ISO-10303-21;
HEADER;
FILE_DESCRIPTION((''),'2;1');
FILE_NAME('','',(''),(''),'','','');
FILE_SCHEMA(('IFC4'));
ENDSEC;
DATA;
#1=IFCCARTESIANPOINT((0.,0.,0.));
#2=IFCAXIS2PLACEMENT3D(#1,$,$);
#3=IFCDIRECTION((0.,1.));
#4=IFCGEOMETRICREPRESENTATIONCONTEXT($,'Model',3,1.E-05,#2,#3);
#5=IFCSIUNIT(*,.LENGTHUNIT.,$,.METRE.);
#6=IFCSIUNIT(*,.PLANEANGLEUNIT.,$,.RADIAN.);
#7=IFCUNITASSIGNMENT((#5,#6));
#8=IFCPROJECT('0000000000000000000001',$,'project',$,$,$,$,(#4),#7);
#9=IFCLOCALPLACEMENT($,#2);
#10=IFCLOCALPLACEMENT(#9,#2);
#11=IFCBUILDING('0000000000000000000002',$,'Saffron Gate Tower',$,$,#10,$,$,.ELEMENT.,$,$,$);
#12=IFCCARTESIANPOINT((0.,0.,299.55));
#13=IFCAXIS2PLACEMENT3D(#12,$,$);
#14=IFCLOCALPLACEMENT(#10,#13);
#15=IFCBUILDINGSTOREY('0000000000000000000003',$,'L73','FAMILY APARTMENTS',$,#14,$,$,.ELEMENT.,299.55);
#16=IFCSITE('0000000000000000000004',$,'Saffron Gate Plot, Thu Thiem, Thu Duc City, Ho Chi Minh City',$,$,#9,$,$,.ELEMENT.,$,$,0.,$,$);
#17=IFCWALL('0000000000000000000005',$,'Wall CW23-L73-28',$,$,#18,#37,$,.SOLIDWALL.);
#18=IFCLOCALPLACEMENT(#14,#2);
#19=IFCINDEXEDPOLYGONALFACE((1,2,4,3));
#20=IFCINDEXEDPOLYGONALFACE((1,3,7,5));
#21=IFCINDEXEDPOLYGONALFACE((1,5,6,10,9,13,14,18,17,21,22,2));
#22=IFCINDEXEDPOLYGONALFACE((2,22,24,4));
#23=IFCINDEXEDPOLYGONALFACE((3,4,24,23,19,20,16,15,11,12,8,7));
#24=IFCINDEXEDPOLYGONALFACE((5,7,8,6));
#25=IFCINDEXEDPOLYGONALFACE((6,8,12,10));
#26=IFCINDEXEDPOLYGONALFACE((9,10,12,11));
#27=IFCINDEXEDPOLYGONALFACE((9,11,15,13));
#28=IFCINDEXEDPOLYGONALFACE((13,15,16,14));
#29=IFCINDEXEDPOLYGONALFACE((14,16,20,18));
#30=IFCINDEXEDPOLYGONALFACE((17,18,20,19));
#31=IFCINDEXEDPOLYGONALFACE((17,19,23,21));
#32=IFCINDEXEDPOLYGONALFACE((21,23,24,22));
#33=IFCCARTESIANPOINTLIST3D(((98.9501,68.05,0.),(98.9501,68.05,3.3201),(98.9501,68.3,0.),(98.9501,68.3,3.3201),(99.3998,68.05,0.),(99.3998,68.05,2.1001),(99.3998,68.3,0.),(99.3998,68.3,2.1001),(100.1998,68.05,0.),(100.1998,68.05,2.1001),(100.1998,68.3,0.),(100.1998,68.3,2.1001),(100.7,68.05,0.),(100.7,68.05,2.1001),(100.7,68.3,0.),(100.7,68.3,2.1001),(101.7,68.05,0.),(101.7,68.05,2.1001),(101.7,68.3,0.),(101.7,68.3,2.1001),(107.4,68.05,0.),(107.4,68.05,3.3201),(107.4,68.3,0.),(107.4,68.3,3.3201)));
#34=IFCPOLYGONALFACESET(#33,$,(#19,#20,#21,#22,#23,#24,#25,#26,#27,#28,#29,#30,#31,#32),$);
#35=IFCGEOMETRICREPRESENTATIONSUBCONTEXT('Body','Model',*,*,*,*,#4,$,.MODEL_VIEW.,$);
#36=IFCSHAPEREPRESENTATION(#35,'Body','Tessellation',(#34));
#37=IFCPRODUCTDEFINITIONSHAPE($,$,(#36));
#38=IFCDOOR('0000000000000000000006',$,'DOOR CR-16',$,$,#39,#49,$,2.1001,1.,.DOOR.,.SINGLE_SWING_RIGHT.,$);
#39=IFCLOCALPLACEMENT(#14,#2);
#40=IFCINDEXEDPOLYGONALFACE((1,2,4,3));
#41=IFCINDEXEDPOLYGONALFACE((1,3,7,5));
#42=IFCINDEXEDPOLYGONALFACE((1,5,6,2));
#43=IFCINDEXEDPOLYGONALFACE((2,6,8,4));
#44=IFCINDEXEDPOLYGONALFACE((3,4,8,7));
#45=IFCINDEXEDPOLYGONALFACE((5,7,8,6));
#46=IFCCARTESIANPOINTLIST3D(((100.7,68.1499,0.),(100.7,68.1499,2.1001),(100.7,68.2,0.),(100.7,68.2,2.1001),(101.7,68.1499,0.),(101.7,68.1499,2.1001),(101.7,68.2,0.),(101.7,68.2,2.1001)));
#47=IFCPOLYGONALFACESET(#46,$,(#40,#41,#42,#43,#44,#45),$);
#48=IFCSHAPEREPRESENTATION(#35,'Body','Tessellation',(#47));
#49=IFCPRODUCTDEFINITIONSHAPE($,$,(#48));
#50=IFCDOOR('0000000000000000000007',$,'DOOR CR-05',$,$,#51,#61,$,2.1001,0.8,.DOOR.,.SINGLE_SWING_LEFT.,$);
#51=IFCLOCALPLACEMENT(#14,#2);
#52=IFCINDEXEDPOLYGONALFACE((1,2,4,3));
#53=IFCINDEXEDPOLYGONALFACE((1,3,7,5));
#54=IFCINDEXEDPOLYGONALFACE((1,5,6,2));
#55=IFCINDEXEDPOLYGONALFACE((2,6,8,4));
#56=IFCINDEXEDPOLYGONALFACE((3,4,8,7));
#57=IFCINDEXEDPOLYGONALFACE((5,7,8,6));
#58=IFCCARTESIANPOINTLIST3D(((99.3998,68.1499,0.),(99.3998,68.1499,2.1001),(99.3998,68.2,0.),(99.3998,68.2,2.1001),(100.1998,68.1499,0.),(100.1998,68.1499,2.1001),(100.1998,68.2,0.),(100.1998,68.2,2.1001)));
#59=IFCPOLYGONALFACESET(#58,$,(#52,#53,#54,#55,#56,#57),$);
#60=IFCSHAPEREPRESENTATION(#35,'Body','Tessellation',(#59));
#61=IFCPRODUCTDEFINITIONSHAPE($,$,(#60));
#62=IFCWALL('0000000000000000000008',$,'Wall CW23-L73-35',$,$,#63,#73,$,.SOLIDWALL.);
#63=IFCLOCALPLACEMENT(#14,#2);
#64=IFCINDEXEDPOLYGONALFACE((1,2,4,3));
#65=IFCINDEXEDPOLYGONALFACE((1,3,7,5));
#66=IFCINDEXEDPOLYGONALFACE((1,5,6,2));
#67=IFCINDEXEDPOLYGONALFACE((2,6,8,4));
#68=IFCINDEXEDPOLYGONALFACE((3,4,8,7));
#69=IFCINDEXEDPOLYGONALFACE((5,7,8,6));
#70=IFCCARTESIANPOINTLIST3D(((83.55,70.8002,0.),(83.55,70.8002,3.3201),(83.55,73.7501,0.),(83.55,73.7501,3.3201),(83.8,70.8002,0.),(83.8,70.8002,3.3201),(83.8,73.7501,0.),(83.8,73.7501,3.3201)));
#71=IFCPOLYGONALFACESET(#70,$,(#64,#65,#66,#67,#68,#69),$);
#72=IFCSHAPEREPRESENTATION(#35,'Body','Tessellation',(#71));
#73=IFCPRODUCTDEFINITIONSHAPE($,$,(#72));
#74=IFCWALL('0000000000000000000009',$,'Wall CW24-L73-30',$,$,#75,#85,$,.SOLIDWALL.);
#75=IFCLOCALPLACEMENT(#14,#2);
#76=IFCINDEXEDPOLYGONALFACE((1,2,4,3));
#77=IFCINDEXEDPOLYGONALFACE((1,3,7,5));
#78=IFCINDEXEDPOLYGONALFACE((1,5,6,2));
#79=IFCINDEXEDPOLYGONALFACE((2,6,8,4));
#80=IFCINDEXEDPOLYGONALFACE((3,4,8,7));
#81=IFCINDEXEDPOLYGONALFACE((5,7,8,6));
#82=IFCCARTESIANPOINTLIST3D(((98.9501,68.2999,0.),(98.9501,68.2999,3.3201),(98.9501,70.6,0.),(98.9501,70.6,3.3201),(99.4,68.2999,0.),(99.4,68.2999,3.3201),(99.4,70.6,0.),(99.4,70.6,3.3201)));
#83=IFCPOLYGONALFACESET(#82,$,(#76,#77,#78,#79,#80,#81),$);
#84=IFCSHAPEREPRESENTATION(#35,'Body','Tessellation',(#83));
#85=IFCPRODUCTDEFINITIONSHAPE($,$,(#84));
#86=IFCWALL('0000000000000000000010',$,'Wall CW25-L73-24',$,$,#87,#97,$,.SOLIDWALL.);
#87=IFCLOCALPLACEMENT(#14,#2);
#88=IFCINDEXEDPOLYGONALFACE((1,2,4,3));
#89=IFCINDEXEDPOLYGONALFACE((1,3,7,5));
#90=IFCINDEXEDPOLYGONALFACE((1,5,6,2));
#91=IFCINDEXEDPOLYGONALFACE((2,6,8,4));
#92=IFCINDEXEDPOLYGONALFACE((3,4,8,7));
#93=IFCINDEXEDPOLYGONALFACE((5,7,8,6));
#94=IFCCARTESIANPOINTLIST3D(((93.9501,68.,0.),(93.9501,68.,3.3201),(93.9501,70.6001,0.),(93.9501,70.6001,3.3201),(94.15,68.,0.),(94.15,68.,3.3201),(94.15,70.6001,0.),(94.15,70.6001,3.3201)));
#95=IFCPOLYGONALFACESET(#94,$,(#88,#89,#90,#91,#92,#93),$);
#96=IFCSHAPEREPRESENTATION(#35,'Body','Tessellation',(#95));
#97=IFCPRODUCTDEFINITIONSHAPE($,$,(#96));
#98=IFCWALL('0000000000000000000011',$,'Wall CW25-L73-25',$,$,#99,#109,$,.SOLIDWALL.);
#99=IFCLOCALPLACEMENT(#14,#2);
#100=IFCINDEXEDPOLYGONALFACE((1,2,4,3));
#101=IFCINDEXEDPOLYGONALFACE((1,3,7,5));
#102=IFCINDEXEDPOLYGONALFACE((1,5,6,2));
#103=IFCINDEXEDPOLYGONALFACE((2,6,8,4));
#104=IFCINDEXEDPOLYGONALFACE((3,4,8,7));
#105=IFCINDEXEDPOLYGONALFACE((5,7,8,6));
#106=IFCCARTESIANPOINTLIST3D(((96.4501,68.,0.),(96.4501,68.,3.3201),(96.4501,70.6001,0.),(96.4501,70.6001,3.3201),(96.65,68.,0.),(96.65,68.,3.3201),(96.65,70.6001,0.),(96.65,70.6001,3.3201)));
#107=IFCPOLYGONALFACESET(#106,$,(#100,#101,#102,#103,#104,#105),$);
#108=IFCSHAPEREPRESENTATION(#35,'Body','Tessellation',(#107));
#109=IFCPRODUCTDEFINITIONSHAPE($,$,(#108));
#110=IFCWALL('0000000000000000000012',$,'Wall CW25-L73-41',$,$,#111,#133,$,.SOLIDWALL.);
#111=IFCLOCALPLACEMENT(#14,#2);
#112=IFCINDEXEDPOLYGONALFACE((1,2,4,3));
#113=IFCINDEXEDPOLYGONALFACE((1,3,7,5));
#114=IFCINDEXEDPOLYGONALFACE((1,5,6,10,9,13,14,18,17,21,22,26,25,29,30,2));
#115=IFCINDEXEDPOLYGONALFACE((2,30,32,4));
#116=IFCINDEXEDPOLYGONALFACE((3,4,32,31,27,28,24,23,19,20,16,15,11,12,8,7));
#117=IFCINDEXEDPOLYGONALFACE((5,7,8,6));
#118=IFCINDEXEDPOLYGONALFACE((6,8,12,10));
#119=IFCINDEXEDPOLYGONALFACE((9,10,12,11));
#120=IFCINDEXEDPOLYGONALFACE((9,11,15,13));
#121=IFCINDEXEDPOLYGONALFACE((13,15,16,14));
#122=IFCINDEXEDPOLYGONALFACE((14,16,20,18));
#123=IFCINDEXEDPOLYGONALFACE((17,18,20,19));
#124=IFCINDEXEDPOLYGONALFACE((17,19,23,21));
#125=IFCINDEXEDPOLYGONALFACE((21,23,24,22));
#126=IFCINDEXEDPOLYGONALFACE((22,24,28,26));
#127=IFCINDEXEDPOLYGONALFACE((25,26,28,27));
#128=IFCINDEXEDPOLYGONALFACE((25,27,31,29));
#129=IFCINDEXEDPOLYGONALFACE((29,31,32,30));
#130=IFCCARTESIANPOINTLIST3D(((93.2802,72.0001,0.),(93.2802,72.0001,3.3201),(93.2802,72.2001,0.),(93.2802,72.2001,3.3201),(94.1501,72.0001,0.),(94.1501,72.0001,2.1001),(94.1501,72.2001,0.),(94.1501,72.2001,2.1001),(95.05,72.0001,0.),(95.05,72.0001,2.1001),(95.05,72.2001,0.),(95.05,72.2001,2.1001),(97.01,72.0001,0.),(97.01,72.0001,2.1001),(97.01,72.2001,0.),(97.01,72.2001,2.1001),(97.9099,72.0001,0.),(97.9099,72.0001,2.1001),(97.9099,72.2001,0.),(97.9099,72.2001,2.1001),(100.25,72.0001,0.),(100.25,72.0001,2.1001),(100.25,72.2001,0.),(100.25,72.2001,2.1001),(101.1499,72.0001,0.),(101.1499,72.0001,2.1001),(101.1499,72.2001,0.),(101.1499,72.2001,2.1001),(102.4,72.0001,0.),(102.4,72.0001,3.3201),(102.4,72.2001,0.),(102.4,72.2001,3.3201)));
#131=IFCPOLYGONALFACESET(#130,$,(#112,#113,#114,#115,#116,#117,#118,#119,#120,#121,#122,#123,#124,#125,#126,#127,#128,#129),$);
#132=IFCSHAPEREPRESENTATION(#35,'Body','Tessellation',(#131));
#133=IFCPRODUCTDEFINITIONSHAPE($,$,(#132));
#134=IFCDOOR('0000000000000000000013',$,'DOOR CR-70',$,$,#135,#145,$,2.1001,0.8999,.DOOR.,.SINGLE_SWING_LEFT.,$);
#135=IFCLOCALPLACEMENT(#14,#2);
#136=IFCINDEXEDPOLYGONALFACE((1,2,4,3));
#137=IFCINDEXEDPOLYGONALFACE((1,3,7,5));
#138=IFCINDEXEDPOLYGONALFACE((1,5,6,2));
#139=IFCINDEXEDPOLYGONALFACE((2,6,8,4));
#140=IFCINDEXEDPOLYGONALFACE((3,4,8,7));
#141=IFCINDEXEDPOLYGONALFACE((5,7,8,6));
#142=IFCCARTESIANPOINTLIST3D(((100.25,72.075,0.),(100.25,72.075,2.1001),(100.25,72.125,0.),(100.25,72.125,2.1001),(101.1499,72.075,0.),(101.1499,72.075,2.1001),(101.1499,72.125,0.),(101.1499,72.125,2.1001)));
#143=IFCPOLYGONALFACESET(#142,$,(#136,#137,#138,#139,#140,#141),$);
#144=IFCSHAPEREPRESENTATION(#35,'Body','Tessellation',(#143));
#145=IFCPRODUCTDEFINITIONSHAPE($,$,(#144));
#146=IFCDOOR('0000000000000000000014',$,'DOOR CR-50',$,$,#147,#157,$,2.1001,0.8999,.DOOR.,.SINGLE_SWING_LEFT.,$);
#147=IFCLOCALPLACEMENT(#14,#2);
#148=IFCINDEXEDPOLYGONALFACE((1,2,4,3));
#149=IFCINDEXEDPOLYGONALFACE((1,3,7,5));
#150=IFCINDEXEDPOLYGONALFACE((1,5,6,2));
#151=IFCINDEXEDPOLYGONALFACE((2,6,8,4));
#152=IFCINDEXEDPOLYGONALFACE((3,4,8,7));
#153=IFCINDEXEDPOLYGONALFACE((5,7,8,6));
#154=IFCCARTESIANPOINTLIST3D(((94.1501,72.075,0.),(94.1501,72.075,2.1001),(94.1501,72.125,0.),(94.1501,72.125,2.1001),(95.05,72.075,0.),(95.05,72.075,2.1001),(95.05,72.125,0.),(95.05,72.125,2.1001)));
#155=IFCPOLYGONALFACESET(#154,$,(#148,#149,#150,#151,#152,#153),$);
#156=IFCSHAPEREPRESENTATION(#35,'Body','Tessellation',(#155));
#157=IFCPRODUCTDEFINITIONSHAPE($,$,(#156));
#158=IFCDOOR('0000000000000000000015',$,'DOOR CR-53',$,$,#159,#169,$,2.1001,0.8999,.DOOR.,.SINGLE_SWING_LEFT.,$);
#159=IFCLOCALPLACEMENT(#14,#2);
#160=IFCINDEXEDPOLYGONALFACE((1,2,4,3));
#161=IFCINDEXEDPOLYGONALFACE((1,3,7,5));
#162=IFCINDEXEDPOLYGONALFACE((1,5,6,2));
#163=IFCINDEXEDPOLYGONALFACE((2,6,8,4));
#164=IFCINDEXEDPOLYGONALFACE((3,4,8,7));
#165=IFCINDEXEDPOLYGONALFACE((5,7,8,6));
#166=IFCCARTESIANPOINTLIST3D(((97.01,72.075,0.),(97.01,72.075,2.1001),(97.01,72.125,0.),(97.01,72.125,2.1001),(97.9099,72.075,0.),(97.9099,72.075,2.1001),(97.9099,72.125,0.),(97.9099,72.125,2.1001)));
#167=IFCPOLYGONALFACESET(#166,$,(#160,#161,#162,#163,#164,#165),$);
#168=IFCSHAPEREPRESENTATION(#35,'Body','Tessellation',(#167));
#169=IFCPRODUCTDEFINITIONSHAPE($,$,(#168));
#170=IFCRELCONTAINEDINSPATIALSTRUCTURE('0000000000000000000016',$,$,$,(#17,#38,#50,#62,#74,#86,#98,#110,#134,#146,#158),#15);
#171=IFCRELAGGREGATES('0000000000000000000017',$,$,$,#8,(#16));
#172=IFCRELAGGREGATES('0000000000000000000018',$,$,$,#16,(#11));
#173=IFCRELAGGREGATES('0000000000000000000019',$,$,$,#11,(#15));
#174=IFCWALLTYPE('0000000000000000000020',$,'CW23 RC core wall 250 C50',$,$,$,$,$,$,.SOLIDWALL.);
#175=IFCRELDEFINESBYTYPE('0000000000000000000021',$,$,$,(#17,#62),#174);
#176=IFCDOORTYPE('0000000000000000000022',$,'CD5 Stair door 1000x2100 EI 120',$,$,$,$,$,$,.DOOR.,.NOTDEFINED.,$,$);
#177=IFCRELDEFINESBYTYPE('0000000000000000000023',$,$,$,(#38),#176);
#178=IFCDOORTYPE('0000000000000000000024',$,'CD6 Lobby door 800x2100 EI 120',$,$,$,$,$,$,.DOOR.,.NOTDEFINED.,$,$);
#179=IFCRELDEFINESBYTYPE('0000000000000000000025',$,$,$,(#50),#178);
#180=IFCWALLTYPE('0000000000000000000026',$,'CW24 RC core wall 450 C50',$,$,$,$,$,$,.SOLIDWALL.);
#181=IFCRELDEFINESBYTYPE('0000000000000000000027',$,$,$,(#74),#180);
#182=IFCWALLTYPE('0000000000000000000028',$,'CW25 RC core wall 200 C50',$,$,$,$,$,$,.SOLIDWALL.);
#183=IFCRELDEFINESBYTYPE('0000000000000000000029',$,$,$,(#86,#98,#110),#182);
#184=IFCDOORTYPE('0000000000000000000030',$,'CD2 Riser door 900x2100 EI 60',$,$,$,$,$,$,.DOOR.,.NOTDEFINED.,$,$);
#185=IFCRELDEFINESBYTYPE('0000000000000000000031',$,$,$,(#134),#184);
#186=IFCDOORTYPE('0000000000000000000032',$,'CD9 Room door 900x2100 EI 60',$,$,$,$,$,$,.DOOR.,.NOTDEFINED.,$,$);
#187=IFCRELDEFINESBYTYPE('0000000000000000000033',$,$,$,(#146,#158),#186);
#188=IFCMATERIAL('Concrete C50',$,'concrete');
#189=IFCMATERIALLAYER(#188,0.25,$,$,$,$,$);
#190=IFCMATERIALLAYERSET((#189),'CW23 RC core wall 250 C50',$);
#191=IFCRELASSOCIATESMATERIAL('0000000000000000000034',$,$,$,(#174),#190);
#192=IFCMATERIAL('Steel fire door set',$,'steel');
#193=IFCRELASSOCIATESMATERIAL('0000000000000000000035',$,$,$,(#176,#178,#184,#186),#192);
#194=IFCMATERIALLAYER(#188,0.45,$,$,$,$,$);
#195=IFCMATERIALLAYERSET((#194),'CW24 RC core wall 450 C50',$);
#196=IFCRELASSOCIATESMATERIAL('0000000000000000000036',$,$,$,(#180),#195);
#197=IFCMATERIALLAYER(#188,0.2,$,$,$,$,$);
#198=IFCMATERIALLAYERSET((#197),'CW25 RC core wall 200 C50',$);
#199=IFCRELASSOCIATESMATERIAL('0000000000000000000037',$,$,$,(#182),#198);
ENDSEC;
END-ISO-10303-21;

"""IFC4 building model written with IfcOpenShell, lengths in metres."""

from ifc_helpers import new_model, si_unit, direction, frame, frame_2d, origin, place, context, subcontext, project, spatial, rectangle, extrude, material, layer, layer_set, type_object, element, fill, save


model = new_model("IFC4")

# Units and contexts
model_context = context("Model", 3, precision=1e-05, world=origin(), true_north=direction((0.0, 1.0)))
body_context = subcontext(model_context, "Body", "Model", "MODEL_VIEW")
ifc_project = project(units=[si_unit("LENGTHUNIT", "METRE"), si_unit("PLANEANGLEUNIT", "RADIAN")], contexts=[model_context])

# Site, building, storey
site_placement = place(None, origin())
site = spatial("IfcSite", under=ifc_project, at=site_placement, Name="Saffron Gate Plot, Thu Thiem, Thu Duc City, Ho Chi Minh City", CompositionType="ELEMENT", RefElevation=0.0)
building_placement = place(site_placement, origin())
building = spatial("IfcBuilding", under=site, at=building_placement, Name="Saffron Gate Tower", CompositionType="ELEMENT")
storey_placement = place(building_placement, frame((0.0, 0.0, 299.55)))
storey = spatial("IfcBuildingStorey", under=building, at=storey_placement, Name="L73", Description="FAMILY APARTMENTS", CompositionType="ELEMENT", Elevation=299.55)

# Wall, openings, doors
ifc_material_1 = material(Name="Concrete C50", Category="concrete")
ifc_layer_1 = layer(ifc_material_1, 0.25)
ifc_layer_set_1 = layer_set([ifc_layer_1], Name="CW23 RC core wall 250 C50")
wall_type_1 = type_object("IfcWallType", Name="CW23 RC core wall 250 C50", PredefinedType="SOLIDWALL", material=ifc_layer_set_1)
wall_1_placement = place(storey_placement, frame((98.95, 68.175, 0.0), z_axis=(0.0, 0.0, 1.0), x_axis=(1.0, 0.0, 0.0)))
wall_1 = element("IfcWall", 1, at=wall_1_placement, inside=storey, type_object=wall_type_1, Name="Wall CW23-L73-28", PredefinedType="SOLIDWALL", context=body_context, shape_type="SweptSolid", body=[
    extrude(rectangle(XDim=8.45, YDim=0.25, at=frame_2d((4.2251, 0.0))), origin(), (0.0, 0.0, 1.0), 3.3201),
])
opening_1_placement = place(wall_1_placement, frame((0.45, 0.0, 0.0)))
opening_1 = element("IfcOpeningElement", 2, at=opening_1_placement, cuts=wall_1, PredefinedType="OPENING", context=body_context, shape_type="SweptSolid", body=[
    extrude(rectangle(XDim=0.8, YDim=2.1001, at=frame_2d((0.3999, 1.05))), frame((0.0, 0.135, 0.0), z_axis=(0.0, -1.0, 0.0), x_axis=(1.0, 0.0, 0.0)), (0.0, 0.0, 1.0), 0.27),
])
opening_2_placement = place(wall_1_placement, frame((1.75, 0.0, 0.0)))
opening_2 = element("IfcOpeningElement", 3, at=opening_2_placement, cuts=wall_1, PredefinedType="OPENING", context=body_context, shape_type="SweptSolid", body=[
    extrude(rectangle(XDim=1.0, YDim=2.1001, at=frame_2d((0.5, 1.05))), frame((0.0, 0.135, 0.0), z_axis=(0.0, -1.0, 0.0), x_axis=(1.0, 0.0, 0.0)), (0.0, 0.0, 1.0), 0.27),
])
ifc_material_2 = material(Name="Steel fire door set", Category="steel")
door_type_1 = type_object("IfcDoorType", Name="CD5 Stair door 1000x2100 EI 120", OperationType="NOTDEFINED", PredefinedType="DOOR", material=ifc_material_2)
door_1_placement = place(opening_2_placement, origin())
door_1 = element("IfcDoor", 4, at=door_1_placement, inside=storey, type_object=door_type_1, Name="DOOR CR-16", OperationType="SINGLE_SWING_RIGHT", OverallHeight=2.1001, OverallWidth=1.0, PredefinedType="DOOR", context=body_context, shape_type="SweptSolid", body=[
    extrude(rectangle(XDim=1.0, YDim=2.1001, at=frame_2d((0.5, 1.05))), frame((0.0, 0.0249, 0.0), z_axis=(0.0, -1.0, 0.0), x_axis=(1.0, 0.0, 0.0)), (0.0, 0.0, 1.0), 0.05),
])
fill(opening_2, door_1)
door_type_2 = type_object("IfcDoorType", Name="CD6 Lobby door 800x2100 EI 120", OperationType="NOTDEFINED", PredefinedType="DOOR", material=ifc_material_2)
door_2_placement = place(opening_1_placement, origin())
door_2 = element("IfcDoor", 5, at=door_2_placement, inside=storey, type_object=door_type_2, Name="DOOR CR-05", OperationType="SINGLE_SWING_LEFT", OverallHeight=2.1001, OverallWidth=0.8, PredefinedType="DOOR", context=body_context, shape_type="SweptSolid", body=[
    extrude(rectangle(XDim=0.8, YDim=2.1001, at=frame_2d((0.3999, 1.05))), frame((0.0, 0.0249, 0.0), z_axis=(0.0, -1.0, 0.0), x_axis=(1.0, 0.0, 0.0)), (0.0, 0.0, 1.0), 0.05),
])
fill(opening_1, door_2)

# Walls
wall_2_placement = place(storey_placement, frame((83.675, 70.8, 0.0), z_axis=(0.0, 0.0, 1.0), x_axis=(0.0, 1.0, 0.0)))
element("IfcWall", 6, at=wall_2_placement, inside=storey, type_object=wall_type_1, Name="Wall CW23-L73-35", PredefinedType="SOLIDWALL", context=body_context, shape_type="SweptSolid", body=[
    extrude(rectangle(XDim=2.95, YDim=0.25, at=frame_2d((1.4751, 0.0))), origin(), (0.0, 0.0, 1.0), 3.3201),
])
ifc_layer_2 = layer(ifc_material_1, 0.45)
ifc_layer_set_2 = layer_set([ifc_layer_2], Name="CW24 RC core wall 450 C50")
wall_type_2 = type_object("IfcWallType", Name="CW24 RC core wall 450 C50", PredefinedType="SOLIDWALL", material=ifc_layer_set_2)
wall_3_placement = place(storey_placement, frame((99.175, 68.3, 0.0), z_axis=(0.0, 0.0, 1.0), x_axis=(0.0, 1.0, 0.0)))
element("IfcWall", 7, at=wall_3_placement, inside=storey, type_object=wall_type_2, Name="Wall CW24-L73-30", PredefinedType="SOLIDWALL", context=body_context, shape_type="SweptSolid", body=[
    extrude(rectangle(XDim=2.3, YDim=0.45, at=frame_2d((1.1499, 0.0))), origin(), (0.0, 0.0, 1.0), 3.3201),
])
ifc_layer_3 = layer(ifc_material_1, 0.2)
ifc_layer_set_3 = layer_set([ifc_layer_3], Name="CW25 RC core wall 200 C50")
wall_type_3 = type_object("IfcWallType", Name="CW25 RC core wall 200 C50", PredefinedType="SOLIDWALL", material=ifc_layer_set_3)
for number, where, z_axis, x_axis, name in (
    (8, (94.05, 68.0, 0.0), (0.0, 0.0, 1.0), (0.0, 1.0, 0.0), "Wall CW25-L73-24"),
    (9, (96.55, 68.0, 0.0), (0.0, 0.0, 1.0), (0.0, 1.0, 0.0), "Wall CW25-L73-25"),
):
    element("IfcWall", number, at=place(storey_placement, frame(where, z_axis=z_axis, x_axis=x_axis)), inside=storey, type_object=wall_type_3, Name=name, PredefinedType="SOLIDWALL", context=body_context, shape_type="SweptSolid", body=[
        extrude(rectangle(XDim=2.6001, YDim=0.2, at=frame_2d((1.3, 0.0))), origin(), (0.0, 0.0, 1.0), 3.3201),
    ])

# Wall, openings, doors
wall_4_placement = place(storey_placement, frame((93.28, 72.1001, 0.0), z_axis=(0.0, 0.0, 1.0), x_axis=(1.0, 0.0, 0.0)))
wall_4 = element("IfcWall", 10, at=wall_4_placement, inside=storey, type_object=wall_type_3, Name="Wall CW25-L73-41", PredefinedType="SOLIDWALL", context=body_context, shape_type="SweptSolid", body=[
    extrude(rectangle(XDim=9.1199, YDim=0.2, at=frame_2d((4.5601, 0.0))), origin(), (0.0, 0.0, 1.0), 3.3201),
])
opening_3_placement = place(wall_4_placement, frame((0.8701, 0.0, 0.0)))
opening_3 = element("IfcOpeningElement", 11, at=opening_3_placement, cuts=wall_4, PredefinedType="OPENING", context=body_context, shape_type="SweptSolid", body=[
    extrude(rectangle(XDim=0.8999, YDim=2.1001, at=frame_2d((0.45, 1.05))), frame((0.0, 0.1099, 0.0), z_axis=(0.0, -1.0, 0.0), x_axis=(1.0, 0.0, 0.0)), (0.0, 0.0, 1.0), 0.22),
])
opening_4_placement = place(wall_4_placement, frame((3.73, 0.0, 0.0)))
opening_4 = element("IfcOpeningElement", 12, at=opening_4_placement, cuts=wall_4, PredefinedType="OPENING", context=body_context, shape_type="SweptSolid", body=[
    extrude(rectangle(XDim=0.8999, YDim=2.1001, at=frame_2d((0.45, 1.05))), frame((0.0, 0.1099, 0.0), z_axis=(0.0, -1.0, 0.0), x_axis=(1.0, 0.0, 0.0)), (0.0, 0.0, 1.0), 0.22),
])
opening_5_placement = place(wall_4_placement, frame((6.97, 0.0, 0.0)))
opening_5 = element("IfcOpeningElement", 13, at=opening_5_placement, cuts=wall_4, PredefinedType="OPENING", context=body_context, shape_type="SweptSolid", body=[
    extrude(rectangle(XDim=0.8999, YDim=2.1001, at=frame_2d((0.45, 1.05))), frame((0.0, 0.1099, 0.0), z_axis=(0.0, -1.0, 0.0), x_axis=(1.0, 0.0, 0.0)), (0.0, 0.0, 1.0), 0.22),
])
door_type_3 = type_object("IfcDoorType", Name="CD2 Riser door 900x2100 EI 60", OperationType="NOTDEFINED", PredefinedType="DOOR", material=ifc_material_2)
door_3_placement = place(opening_5_placement, origin())
door_3 = element("IfcDoor", 14, at=door_3_placement, inside=storey, type_object=door_type_3, Name="DOOR CR-70", OperationType="SINGLE_SWING_LEFT", OverallHeight=2.1001, OverallWidth=0.8999, PredefinedType="DOOR", context=body_context, shape_type="SweptSolid", body=[
    extrude(rectangle(XDim=0.8999, YDim=2.1001, at=frame_2d((0.45, 1.05))), frame((0.0, 0.0249, 0.0), z_axis=(0.0, -1.0, 0.0), x_axis=(1.0, 0.0, 0.0)), (0.0, 0.0, 1.0), 0.05),
])
fill(opening_5, door_3)
door_type_4 = type_object("IfcDoorType", Name="CD9 Room door 900x2100 EI 60", OperationType="NOTDEFINED", PredefinedType="DOOR", material=ifc_material_2)
door_4_placement = place(opening_3_placement, origin())
door_4 = element("IfcDoor", 15, at=door_4_placement, inside=storey, type_object=door_type_4, Name="DOOR CR-50", OperationType="SINGLE_SWING_LEFT", OverallHeight=2.1001, OverallWidth=0.8999, PredefinedType="DOOR", context=body_context, shape_type="SweptSolid", body=[
    extrude(rectangle(XDim=0.8999, YDim=2.1001, at=frame_2d((0.45, 1.05))), frame((0.0, 0.0249, 0.0), z_axis=(0.0, -1.0, 0.0), x_axis=(1.0, 0.0, 0.0)), (0.0, 0.0, 1.0), 0.05),
])
fill(opening_3, door_4)
door_5_placement = place(opening_4_placement, origin())
door_5 = element("IfcDoor", 16, at=door_5_placement, inside=storey, type_object=door_type_4, Name="DOOR CR-53", OperationType="SINGLE_SWING_LEFT", OverallHeight=2.1001, OverallWidth=0.8999, PredefinedType="DOOR", context=body_context, shape_type="SweptSolid", body=[
    extrude(rectangle(XDim=0.8999, YDim=2.1001, at=frame_2d((0.45, 1.05))), frame((0.0, 0.0249, 0.0), z_axis=(0.0, -1.0, 0.0), x_axis=(1.0, 0.0, 0.0)), (0.0, 0.0, 1.0), 0.05),
])
fill(opening_4, door_5)

save(model, "model.ifc")
